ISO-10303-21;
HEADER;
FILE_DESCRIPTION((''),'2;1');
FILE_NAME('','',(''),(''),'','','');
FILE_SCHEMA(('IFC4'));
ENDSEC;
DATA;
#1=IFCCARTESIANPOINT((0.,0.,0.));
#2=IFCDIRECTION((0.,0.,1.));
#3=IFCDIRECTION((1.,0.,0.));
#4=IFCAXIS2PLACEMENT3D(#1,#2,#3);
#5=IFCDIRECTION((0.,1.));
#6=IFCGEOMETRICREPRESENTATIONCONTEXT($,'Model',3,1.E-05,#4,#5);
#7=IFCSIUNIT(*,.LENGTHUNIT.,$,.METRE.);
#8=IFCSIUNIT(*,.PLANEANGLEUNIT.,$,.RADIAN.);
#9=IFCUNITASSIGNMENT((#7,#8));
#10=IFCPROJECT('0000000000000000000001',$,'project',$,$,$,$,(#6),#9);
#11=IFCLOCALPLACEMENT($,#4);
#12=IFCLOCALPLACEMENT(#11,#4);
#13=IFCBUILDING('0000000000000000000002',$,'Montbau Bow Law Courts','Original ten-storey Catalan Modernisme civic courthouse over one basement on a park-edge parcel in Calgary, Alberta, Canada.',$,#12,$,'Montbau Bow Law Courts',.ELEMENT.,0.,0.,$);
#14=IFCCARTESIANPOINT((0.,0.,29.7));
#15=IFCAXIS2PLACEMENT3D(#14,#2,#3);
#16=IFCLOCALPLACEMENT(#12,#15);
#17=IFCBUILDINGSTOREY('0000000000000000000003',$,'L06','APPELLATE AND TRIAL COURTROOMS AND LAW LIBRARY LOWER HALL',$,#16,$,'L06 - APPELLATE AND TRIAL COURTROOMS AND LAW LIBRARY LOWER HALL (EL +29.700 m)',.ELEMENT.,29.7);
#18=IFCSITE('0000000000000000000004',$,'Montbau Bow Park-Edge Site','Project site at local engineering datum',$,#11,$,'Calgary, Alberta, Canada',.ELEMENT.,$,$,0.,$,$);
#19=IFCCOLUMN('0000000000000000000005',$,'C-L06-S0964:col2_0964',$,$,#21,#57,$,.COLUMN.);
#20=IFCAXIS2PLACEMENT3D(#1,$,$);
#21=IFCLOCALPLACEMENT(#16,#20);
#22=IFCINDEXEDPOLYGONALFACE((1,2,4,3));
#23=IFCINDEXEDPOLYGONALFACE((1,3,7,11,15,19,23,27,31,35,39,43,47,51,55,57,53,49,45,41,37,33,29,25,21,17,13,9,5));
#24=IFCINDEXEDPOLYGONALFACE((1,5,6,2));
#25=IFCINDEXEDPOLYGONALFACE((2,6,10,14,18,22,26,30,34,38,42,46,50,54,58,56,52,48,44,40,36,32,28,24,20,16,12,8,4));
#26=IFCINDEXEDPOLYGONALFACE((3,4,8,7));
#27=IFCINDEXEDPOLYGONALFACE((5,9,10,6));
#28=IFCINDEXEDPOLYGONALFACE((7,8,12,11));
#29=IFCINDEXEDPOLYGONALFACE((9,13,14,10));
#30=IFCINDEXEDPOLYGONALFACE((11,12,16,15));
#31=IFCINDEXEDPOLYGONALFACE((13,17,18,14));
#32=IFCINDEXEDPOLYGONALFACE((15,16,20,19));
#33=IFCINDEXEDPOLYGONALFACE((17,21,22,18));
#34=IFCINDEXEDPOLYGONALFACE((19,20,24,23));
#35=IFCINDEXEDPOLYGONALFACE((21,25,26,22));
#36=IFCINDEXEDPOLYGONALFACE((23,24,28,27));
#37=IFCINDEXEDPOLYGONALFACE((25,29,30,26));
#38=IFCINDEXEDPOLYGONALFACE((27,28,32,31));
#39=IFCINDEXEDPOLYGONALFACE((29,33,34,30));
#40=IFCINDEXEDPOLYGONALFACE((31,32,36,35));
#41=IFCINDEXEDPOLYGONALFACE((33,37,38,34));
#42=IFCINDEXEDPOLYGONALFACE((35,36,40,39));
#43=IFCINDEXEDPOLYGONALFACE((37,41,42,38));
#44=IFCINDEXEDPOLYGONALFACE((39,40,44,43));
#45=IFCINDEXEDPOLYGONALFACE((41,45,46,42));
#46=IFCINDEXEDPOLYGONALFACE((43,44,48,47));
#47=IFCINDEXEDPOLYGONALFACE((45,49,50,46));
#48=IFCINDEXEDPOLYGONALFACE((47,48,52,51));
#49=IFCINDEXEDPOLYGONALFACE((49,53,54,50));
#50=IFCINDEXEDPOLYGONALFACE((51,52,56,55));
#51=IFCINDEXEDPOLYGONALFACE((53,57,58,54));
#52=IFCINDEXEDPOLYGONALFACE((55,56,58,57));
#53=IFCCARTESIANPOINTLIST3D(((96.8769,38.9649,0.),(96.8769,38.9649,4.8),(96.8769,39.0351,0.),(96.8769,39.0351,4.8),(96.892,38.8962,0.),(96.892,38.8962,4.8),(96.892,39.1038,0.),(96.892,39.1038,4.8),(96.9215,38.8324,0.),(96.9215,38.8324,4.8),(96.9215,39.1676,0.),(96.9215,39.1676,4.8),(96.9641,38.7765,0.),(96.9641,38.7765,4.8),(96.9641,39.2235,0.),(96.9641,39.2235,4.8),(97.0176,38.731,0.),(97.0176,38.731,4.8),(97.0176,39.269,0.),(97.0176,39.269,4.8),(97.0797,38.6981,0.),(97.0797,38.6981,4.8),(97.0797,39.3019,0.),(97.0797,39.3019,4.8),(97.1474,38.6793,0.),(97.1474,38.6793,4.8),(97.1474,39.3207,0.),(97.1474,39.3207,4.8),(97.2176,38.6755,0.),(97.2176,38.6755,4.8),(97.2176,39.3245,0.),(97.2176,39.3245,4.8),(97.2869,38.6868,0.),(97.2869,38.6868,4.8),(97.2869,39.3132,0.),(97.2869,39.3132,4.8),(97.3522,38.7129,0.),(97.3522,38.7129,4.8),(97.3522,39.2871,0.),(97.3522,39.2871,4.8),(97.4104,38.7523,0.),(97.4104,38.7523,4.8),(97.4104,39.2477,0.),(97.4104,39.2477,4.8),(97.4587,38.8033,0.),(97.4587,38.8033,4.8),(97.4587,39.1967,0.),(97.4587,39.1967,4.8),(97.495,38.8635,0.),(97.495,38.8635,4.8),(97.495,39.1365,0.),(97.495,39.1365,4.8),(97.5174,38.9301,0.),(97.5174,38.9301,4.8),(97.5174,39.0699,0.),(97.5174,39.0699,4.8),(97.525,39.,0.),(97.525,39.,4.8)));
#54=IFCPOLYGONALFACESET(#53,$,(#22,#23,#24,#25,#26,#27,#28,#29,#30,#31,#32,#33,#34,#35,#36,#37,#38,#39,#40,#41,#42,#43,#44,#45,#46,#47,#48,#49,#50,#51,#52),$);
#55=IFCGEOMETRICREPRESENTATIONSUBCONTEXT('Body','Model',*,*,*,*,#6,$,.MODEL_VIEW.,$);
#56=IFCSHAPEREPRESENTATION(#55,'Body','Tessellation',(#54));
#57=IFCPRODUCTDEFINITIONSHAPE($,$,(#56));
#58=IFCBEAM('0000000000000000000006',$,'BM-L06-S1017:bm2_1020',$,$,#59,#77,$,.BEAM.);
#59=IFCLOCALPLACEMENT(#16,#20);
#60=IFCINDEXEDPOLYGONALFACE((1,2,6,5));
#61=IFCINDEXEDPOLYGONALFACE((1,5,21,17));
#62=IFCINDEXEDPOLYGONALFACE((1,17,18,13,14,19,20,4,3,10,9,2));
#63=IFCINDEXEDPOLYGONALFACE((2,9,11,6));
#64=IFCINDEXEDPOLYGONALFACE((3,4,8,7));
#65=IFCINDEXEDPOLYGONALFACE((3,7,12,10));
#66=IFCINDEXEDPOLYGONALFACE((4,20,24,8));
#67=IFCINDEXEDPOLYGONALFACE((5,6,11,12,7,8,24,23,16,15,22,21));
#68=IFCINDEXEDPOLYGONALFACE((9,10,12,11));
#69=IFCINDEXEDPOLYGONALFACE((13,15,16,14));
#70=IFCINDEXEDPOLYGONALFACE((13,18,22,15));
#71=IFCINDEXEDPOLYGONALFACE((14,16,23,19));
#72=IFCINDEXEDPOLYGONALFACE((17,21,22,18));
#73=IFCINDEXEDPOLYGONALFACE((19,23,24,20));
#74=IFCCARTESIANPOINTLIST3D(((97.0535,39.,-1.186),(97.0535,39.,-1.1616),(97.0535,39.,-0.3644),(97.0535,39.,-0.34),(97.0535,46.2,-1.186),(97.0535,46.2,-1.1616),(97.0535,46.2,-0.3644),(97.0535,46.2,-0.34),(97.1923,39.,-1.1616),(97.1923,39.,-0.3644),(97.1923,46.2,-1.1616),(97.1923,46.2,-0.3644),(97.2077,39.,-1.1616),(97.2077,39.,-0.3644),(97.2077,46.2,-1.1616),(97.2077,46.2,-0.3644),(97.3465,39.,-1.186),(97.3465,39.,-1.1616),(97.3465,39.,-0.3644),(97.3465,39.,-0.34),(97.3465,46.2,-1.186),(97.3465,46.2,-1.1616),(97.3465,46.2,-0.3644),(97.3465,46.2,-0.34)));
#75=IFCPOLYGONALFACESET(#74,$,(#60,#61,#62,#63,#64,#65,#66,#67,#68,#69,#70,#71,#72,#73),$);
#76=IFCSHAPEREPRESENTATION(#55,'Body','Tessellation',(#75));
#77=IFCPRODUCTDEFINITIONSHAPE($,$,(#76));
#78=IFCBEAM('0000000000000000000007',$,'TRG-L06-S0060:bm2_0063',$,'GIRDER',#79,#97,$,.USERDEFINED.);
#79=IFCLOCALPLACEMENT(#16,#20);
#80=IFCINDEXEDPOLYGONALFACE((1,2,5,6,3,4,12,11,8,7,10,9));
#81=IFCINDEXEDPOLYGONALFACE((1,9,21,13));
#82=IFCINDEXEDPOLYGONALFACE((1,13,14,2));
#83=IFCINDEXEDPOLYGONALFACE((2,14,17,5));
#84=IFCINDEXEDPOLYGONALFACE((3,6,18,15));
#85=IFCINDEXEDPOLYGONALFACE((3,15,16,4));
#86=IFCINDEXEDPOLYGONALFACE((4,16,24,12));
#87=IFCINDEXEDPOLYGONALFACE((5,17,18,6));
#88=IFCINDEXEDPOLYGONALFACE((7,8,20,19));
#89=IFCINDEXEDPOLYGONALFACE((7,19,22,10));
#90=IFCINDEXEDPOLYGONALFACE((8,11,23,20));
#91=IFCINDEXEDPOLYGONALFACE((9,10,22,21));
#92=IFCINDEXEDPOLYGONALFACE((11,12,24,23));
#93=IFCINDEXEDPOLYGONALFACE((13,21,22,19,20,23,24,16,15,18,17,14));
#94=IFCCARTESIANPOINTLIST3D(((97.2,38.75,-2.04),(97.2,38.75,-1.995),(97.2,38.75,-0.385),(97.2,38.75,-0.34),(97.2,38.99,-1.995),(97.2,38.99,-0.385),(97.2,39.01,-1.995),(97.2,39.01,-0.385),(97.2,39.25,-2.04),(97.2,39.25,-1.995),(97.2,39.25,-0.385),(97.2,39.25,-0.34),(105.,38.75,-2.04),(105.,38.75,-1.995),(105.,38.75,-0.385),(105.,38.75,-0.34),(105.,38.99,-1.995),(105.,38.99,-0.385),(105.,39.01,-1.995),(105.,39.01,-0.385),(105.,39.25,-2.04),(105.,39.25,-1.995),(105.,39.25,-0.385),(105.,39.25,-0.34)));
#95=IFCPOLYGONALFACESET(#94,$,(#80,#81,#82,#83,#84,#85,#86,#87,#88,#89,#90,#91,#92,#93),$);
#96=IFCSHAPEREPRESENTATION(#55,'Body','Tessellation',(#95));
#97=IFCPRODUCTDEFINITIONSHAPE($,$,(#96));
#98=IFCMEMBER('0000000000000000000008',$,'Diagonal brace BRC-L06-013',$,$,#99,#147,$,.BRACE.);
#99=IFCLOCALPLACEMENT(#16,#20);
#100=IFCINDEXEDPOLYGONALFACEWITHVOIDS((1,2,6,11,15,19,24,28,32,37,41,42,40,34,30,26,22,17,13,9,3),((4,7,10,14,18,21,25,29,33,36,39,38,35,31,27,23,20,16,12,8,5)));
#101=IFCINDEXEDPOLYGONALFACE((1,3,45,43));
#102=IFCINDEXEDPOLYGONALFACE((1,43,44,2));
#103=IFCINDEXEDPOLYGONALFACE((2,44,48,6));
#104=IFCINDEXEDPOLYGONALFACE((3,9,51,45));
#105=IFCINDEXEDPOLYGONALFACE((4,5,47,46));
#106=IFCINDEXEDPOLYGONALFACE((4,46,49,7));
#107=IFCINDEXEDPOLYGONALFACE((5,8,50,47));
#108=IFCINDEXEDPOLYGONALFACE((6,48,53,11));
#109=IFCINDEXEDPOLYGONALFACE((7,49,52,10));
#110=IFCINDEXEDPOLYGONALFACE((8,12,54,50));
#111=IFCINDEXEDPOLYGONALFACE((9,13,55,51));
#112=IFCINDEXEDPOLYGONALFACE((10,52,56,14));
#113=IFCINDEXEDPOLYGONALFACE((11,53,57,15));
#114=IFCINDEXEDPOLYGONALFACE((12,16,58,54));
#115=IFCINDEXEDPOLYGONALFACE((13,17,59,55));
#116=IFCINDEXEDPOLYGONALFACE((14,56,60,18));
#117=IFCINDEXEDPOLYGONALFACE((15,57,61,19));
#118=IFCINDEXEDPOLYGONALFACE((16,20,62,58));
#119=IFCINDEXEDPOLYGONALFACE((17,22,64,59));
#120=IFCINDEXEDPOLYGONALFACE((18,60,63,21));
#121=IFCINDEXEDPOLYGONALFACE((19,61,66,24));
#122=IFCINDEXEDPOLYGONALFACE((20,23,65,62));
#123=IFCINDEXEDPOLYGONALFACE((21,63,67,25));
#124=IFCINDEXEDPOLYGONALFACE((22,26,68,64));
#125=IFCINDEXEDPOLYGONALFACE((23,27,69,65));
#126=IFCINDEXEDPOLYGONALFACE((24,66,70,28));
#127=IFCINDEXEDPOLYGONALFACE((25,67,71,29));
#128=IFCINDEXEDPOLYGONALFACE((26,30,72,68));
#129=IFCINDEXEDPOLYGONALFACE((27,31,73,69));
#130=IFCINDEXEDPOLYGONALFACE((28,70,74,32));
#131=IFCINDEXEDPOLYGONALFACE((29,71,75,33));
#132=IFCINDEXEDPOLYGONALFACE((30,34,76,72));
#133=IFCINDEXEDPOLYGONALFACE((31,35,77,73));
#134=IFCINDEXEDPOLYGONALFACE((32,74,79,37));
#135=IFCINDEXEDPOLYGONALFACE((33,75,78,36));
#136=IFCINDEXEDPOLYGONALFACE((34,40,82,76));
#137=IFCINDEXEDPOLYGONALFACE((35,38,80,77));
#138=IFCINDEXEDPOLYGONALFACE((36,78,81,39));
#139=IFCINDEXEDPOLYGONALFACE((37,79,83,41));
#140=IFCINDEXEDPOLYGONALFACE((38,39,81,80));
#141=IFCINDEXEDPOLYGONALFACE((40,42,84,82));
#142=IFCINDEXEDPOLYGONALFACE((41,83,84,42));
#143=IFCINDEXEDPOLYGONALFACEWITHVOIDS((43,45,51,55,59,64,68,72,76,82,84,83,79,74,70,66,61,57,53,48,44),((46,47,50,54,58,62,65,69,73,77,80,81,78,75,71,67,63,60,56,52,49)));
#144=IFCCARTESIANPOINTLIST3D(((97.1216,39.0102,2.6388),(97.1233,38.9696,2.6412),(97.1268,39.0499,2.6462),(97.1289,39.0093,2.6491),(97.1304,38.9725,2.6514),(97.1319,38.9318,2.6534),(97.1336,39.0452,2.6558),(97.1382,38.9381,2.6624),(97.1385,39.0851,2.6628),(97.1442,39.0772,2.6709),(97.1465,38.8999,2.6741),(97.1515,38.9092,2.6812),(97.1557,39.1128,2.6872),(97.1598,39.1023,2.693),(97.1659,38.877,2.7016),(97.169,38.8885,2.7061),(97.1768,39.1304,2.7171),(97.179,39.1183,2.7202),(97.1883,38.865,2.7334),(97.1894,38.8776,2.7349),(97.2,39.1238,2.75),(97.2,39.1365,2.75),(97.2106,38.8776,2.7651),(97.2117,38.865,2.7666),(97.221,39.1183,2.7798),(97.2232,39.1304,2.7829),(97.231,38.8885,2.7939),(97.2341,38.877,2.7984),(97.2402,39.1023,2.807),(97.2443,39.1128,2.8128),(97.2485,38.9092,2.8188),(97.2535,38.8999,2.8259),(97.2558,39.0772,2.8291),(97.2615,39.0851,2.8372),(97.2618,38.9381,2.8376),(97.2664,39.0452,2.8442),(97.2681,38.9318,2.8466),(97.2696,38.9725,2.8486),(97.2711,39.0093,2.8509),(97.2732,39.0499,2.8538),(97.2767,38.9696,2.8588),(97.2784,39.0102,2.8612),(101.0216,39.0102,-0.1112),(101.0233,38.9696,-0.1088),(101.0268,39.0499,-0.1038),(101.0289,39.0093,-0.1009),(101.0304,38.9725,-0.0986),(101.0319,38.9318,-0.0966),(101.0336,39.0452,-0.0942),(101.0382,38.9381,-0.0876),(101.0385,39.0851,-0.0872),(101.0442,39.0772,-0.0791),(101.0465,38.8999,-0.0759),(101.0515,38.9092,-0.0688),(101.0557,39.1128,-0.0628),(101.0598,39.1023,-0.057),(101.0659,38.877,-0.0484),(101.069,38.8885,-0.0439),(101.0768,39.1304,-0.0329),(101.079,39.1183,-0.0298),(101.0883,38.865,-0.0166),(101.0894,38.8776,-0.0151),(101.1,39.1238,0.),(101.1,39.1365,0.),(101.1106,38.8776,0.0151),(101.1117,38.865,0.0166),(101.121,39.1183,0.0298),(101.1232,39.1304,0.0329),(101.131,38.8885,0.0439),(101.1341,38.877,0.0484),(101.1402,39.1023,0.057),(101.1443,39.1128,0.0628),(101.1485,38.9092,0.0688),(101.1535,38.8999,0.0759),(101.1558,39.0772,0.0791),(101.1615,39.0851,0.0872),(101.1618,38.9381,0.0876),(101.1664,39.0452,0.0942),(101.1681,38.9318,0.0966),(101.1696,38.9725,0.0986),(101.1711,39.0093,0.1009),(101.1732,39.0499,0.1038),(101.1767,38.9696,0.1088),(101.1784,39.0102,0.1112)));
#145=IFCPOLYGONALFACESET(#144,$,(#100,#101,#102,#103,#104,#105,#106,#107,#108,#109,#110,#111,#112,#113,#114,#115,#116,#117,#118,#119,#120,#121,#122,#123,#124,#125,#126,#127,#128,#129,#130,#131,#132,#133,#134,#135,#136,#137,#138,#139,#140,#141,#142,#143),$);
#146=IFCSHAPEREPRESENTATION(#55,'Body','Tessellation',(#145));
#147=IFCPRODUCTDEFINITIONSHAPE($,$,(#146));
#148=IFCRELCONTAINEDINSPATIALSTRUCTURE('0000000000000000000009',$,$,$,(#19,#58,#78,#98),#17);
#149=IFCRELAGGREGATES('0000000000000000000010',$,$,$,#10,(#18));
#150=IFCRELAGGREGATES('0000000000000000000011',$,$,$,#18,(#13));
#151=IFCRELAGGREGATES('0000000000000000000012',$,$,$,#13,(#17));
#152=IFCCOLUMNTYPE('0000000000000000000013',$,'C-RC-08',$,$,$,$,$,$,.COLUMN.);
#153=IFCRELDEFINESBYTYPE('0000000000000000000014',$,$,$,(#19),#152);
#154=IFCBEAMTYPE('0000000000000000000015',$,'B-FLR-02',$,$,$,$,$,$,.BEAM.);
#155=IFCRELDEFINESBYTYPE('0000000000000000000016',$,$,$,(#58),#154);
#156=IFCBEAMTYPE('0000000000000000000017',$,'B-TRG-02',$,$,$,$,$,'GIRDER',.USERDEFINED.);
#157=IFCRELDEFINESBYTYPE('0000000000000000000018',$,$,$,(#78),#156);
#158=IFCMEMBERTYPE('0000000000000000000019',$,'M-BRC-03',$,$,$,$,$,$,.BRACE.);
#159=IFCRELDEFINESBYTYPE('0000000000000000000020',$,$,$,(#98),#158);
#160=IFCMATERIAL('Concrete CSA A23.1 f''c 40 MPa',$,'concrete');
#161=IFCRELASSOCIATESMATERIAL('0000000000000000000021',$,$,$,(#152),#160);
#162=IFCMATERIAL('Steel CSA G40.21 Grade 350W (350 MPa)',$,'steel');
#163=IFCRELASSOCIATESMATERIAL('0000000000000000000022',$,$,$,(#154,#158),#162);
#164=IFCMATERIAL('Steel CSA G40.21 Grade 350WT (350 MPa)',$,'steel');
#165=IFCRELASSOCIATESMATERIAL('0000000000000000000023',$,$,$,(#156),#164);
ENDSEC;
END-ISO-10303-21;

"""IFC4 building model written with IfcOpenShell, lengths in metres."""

from ifc_helpers import new_model, si_unit, direction, frame, origin_with_axes, origin_2d_with_axis, place, context, subcontext, project, spatial, circle, hollow_circle, i_section, extrude, material, material_profile, profile_set, type_object, element, save


model = new_model("IFC4")

# Units and contexts
model_context = context("Model", 3, precision=1e-05, world=origin_with_axes(), true_north=direction((0.0, 1.0)))
body_context = subcontext(model_context, "Body", "Model", "MODEL_VIEW")
ifc_project = project(units=[si_unit("LENGTHUNIT", "METRE"), si_unit("PLANEANGLEUNIT", "RADIAN")], contexts=[model_context])

# Site, building, storey
site_placement = place(None, origin_with_axes())
site = spatial("IfcSite", under=ifc_project, at=site_placement, Name="Montbau Bow Park-Edge Site", Description="Project site at local engineering datum", LongName="Calgary, Alberta, Canada", CompositionType="ELEMENT", RefElevation=0.0)
building_placement = place(site_placement, origin_with_axes())
building = spatial("IfcBuilding", under=site, at=building_placement, Name="Montbau Bow Law Courts", Description="Original ten-storey Catalan Modernisme civic courthouse over one basement on a park-edge parcel in Calgary, Alberta, Canada.", LongName="Montbau Bow Law Courts", CompositionType="ELEMENT", ElevationOfRefHeight=0.0, ElevationOfTerrain=0.0)
storey_placement = place(building_placement, frame((0.0, 0.0, 29.7), z_axis=(0.0, 0.0, 1.0), x_axis=(1.0, 0.0, 0.0)))
storey = spatial("IfcBuildingStorey", under=building, at=storey_placement, Name="L06", Description="APPELLATE AND TRIAL COURTROOMS AND LAW LIBRARY LOWER HALL", LongName="L06 - APPELLATE AND TRIAL COURTROOMS AND LAW LIBRARY LOWER HALL (EL +29.700 m)", CompositionType="ELEMENT", Elevation=29.7)

# Column
ifc_material_1 = material(Name="Concrete CSA A23.1 f'c 40 MPa", Category="concrete")
ifc_material_profile_1 = material_profile(ifc_material_1, circle(Radius=0.325, at=origin_2d_with_axis()), Name="RC650D", Category="Main", Priority=0)
ifc_profile_set_1 = profile_set([ifc_material_profile_1], Name="Concrete CSA A23.1 f'c 40 MPa")
column_type = type_object("IfcColumnType", Name="C-RC-08", PredefinedType="COLUMN", material=ifc_profile_set_1)
column_placement = place(None, frame((97.2, 39.0, 29.7), z_axis=(0.0, 0.0, 1.0), x_axis=(1.0, 0.0, 0.0)))
element("IfcColumn", 1, at=column_placement, inside=storey, type_object=column_type, Name="C-L06-S0964:col2_0964", PredefinedType="COLUMN", context=body_context, shape_type="SweptSolid", body=[
    extrude(circle(Radius=0.325, at=origin_2d_with_axis()), origin_with_axes(), (0.0, 0.0, 1.0), 4.8),
])

# Beams
ifc_material_2 = material(Name="Steel CSA G40.21 Grade 350W (350 MPa)", Category="steel")
ifc_material_profile_2 = material_profile(ifc_material_2, i_section(OverallWidth=0.293, OverallDepth=0.846, WebThickness=0.0154, FlangeThickness=0.0244, at=origin_2d_with_axis()), Name="W840X210", Category="Main", Priority=0)
ifc_profile_set_2 = profile_set([ifc_material_profile_2], Name="Steel CSA G40.21 Grade 350W (350 MPa)")
beam_type_1 = type_object("IfcBeamType", Name="B-FLR-02", PredefinedType="BEAM", material=ifc_profile_set_2)
beam_1_placement = place(None, frame((97.2, 39.0, 28.937), z_axis=(0.0, 1.0, 0.0), x_axis=(-1.0, 0.0, 0.0)))
element("IfcBeam", 2, at=beam_1_placement, inside=storey, type_object=beam_type_1, Name="BM-L06-S1017:bm2_1020", PredefinedType="BEAM", context=body_context, shape_type="SweptSolid", body=[
    extrude(i_section(OverallWidth=0.293, OverallDepth=0.846, WebThickness=0.0154, FlangeThickness=0.0244, at=origin_2d_with_axis()), origin_with_axes(), (0.0, 0.0, 1.0), 7.2),
])
ifc_material_3 = material(Name="Steel CSA G40.21 Grade 350WT (350 MPa)", Category="steel")
ifc_material_profile_3 = material_profile(ifc_material_3, i_section(OverallWidth=0.5, OverallDepth=1.7, WebThickness=0.02, FlangeThickness=0.045, at=origin_2d_with_axis()), Name="WWF1700X480", Category="Main", Priority=0)
ifc_profile_set_3 = profile_set([ifc_material_profile_3], Name="Steel CSA G40.21 Grade 350WT (350 MPa)")
beam_type_2 = type_object("IfcBeamType", Name="B-TRG-02", ElementType="GIRDER", PredefinedType="USERDEFINED", material=ifc_profile_set_3)
beam_2_placement = place(None, frame((97.2, 39.0, 28.51), z_axis=(1.0, 0.0, 0.0), x_axis=(0.0, 1.0, 0.0)))
element("IfcBeam", 3, at=beam_2_placement, inside=storey, type_object=beam_type_2, Name="TRG-L06-S0060:bm2_0063", ObjectType="GIRDER", PredefinedType="USERDEFINED", context=body_context, shape_type="SweptSolid", body=[
    extrude(i_section(OverallWidth=0.5, OverallDepth=1.7, WebThickness=0.02, FlangeThickness=0.045, at=origin_2d_with_axis()), origin_with_axes(), (0.0, 0.0, 1.0), 7.8),
])

# Member
ifc_material_profile_4 = material_profile(ifc_material_2, hollow_circle(Radius=0.1365, WallThickness=0.0127, at=origin_2d_with_axis()), Name="HSS273X13", Category="Main", Priority=0)
ifc_profile_set_4 = profile_set([ifc_material_profile_4], Name="Steel CSA G40.21 Grade 350W (350 MPa)")
member_type_1 = type_object("IfcMemberType", Name="M-BRC-03", PredefinedType="BRACE", material=ifc_profile_set_4)
member_placement = place(None, frame((97.2, 39.0, 32.45), z_axis=(0.817258, 0.0, -0.576272), x_axis=(0.0, 1.0, 0.0)))
element("IfcMember", 4, at=member_placement, inside=storey, type_object=member_type_1, Name="Diagonal brace BRC-L06-013", PredefinedType="BRACE", context=body_context, shape_type="SweptSolid", body=[
    extrude(hollow_circle(Radius=0.1365, WallThickness=0.0127, at=origin_2d_with_axis()), origin_with_axes(), (0.0, 0.0, 1.0), 4.7721),
])

save(model, "model.ifc")
